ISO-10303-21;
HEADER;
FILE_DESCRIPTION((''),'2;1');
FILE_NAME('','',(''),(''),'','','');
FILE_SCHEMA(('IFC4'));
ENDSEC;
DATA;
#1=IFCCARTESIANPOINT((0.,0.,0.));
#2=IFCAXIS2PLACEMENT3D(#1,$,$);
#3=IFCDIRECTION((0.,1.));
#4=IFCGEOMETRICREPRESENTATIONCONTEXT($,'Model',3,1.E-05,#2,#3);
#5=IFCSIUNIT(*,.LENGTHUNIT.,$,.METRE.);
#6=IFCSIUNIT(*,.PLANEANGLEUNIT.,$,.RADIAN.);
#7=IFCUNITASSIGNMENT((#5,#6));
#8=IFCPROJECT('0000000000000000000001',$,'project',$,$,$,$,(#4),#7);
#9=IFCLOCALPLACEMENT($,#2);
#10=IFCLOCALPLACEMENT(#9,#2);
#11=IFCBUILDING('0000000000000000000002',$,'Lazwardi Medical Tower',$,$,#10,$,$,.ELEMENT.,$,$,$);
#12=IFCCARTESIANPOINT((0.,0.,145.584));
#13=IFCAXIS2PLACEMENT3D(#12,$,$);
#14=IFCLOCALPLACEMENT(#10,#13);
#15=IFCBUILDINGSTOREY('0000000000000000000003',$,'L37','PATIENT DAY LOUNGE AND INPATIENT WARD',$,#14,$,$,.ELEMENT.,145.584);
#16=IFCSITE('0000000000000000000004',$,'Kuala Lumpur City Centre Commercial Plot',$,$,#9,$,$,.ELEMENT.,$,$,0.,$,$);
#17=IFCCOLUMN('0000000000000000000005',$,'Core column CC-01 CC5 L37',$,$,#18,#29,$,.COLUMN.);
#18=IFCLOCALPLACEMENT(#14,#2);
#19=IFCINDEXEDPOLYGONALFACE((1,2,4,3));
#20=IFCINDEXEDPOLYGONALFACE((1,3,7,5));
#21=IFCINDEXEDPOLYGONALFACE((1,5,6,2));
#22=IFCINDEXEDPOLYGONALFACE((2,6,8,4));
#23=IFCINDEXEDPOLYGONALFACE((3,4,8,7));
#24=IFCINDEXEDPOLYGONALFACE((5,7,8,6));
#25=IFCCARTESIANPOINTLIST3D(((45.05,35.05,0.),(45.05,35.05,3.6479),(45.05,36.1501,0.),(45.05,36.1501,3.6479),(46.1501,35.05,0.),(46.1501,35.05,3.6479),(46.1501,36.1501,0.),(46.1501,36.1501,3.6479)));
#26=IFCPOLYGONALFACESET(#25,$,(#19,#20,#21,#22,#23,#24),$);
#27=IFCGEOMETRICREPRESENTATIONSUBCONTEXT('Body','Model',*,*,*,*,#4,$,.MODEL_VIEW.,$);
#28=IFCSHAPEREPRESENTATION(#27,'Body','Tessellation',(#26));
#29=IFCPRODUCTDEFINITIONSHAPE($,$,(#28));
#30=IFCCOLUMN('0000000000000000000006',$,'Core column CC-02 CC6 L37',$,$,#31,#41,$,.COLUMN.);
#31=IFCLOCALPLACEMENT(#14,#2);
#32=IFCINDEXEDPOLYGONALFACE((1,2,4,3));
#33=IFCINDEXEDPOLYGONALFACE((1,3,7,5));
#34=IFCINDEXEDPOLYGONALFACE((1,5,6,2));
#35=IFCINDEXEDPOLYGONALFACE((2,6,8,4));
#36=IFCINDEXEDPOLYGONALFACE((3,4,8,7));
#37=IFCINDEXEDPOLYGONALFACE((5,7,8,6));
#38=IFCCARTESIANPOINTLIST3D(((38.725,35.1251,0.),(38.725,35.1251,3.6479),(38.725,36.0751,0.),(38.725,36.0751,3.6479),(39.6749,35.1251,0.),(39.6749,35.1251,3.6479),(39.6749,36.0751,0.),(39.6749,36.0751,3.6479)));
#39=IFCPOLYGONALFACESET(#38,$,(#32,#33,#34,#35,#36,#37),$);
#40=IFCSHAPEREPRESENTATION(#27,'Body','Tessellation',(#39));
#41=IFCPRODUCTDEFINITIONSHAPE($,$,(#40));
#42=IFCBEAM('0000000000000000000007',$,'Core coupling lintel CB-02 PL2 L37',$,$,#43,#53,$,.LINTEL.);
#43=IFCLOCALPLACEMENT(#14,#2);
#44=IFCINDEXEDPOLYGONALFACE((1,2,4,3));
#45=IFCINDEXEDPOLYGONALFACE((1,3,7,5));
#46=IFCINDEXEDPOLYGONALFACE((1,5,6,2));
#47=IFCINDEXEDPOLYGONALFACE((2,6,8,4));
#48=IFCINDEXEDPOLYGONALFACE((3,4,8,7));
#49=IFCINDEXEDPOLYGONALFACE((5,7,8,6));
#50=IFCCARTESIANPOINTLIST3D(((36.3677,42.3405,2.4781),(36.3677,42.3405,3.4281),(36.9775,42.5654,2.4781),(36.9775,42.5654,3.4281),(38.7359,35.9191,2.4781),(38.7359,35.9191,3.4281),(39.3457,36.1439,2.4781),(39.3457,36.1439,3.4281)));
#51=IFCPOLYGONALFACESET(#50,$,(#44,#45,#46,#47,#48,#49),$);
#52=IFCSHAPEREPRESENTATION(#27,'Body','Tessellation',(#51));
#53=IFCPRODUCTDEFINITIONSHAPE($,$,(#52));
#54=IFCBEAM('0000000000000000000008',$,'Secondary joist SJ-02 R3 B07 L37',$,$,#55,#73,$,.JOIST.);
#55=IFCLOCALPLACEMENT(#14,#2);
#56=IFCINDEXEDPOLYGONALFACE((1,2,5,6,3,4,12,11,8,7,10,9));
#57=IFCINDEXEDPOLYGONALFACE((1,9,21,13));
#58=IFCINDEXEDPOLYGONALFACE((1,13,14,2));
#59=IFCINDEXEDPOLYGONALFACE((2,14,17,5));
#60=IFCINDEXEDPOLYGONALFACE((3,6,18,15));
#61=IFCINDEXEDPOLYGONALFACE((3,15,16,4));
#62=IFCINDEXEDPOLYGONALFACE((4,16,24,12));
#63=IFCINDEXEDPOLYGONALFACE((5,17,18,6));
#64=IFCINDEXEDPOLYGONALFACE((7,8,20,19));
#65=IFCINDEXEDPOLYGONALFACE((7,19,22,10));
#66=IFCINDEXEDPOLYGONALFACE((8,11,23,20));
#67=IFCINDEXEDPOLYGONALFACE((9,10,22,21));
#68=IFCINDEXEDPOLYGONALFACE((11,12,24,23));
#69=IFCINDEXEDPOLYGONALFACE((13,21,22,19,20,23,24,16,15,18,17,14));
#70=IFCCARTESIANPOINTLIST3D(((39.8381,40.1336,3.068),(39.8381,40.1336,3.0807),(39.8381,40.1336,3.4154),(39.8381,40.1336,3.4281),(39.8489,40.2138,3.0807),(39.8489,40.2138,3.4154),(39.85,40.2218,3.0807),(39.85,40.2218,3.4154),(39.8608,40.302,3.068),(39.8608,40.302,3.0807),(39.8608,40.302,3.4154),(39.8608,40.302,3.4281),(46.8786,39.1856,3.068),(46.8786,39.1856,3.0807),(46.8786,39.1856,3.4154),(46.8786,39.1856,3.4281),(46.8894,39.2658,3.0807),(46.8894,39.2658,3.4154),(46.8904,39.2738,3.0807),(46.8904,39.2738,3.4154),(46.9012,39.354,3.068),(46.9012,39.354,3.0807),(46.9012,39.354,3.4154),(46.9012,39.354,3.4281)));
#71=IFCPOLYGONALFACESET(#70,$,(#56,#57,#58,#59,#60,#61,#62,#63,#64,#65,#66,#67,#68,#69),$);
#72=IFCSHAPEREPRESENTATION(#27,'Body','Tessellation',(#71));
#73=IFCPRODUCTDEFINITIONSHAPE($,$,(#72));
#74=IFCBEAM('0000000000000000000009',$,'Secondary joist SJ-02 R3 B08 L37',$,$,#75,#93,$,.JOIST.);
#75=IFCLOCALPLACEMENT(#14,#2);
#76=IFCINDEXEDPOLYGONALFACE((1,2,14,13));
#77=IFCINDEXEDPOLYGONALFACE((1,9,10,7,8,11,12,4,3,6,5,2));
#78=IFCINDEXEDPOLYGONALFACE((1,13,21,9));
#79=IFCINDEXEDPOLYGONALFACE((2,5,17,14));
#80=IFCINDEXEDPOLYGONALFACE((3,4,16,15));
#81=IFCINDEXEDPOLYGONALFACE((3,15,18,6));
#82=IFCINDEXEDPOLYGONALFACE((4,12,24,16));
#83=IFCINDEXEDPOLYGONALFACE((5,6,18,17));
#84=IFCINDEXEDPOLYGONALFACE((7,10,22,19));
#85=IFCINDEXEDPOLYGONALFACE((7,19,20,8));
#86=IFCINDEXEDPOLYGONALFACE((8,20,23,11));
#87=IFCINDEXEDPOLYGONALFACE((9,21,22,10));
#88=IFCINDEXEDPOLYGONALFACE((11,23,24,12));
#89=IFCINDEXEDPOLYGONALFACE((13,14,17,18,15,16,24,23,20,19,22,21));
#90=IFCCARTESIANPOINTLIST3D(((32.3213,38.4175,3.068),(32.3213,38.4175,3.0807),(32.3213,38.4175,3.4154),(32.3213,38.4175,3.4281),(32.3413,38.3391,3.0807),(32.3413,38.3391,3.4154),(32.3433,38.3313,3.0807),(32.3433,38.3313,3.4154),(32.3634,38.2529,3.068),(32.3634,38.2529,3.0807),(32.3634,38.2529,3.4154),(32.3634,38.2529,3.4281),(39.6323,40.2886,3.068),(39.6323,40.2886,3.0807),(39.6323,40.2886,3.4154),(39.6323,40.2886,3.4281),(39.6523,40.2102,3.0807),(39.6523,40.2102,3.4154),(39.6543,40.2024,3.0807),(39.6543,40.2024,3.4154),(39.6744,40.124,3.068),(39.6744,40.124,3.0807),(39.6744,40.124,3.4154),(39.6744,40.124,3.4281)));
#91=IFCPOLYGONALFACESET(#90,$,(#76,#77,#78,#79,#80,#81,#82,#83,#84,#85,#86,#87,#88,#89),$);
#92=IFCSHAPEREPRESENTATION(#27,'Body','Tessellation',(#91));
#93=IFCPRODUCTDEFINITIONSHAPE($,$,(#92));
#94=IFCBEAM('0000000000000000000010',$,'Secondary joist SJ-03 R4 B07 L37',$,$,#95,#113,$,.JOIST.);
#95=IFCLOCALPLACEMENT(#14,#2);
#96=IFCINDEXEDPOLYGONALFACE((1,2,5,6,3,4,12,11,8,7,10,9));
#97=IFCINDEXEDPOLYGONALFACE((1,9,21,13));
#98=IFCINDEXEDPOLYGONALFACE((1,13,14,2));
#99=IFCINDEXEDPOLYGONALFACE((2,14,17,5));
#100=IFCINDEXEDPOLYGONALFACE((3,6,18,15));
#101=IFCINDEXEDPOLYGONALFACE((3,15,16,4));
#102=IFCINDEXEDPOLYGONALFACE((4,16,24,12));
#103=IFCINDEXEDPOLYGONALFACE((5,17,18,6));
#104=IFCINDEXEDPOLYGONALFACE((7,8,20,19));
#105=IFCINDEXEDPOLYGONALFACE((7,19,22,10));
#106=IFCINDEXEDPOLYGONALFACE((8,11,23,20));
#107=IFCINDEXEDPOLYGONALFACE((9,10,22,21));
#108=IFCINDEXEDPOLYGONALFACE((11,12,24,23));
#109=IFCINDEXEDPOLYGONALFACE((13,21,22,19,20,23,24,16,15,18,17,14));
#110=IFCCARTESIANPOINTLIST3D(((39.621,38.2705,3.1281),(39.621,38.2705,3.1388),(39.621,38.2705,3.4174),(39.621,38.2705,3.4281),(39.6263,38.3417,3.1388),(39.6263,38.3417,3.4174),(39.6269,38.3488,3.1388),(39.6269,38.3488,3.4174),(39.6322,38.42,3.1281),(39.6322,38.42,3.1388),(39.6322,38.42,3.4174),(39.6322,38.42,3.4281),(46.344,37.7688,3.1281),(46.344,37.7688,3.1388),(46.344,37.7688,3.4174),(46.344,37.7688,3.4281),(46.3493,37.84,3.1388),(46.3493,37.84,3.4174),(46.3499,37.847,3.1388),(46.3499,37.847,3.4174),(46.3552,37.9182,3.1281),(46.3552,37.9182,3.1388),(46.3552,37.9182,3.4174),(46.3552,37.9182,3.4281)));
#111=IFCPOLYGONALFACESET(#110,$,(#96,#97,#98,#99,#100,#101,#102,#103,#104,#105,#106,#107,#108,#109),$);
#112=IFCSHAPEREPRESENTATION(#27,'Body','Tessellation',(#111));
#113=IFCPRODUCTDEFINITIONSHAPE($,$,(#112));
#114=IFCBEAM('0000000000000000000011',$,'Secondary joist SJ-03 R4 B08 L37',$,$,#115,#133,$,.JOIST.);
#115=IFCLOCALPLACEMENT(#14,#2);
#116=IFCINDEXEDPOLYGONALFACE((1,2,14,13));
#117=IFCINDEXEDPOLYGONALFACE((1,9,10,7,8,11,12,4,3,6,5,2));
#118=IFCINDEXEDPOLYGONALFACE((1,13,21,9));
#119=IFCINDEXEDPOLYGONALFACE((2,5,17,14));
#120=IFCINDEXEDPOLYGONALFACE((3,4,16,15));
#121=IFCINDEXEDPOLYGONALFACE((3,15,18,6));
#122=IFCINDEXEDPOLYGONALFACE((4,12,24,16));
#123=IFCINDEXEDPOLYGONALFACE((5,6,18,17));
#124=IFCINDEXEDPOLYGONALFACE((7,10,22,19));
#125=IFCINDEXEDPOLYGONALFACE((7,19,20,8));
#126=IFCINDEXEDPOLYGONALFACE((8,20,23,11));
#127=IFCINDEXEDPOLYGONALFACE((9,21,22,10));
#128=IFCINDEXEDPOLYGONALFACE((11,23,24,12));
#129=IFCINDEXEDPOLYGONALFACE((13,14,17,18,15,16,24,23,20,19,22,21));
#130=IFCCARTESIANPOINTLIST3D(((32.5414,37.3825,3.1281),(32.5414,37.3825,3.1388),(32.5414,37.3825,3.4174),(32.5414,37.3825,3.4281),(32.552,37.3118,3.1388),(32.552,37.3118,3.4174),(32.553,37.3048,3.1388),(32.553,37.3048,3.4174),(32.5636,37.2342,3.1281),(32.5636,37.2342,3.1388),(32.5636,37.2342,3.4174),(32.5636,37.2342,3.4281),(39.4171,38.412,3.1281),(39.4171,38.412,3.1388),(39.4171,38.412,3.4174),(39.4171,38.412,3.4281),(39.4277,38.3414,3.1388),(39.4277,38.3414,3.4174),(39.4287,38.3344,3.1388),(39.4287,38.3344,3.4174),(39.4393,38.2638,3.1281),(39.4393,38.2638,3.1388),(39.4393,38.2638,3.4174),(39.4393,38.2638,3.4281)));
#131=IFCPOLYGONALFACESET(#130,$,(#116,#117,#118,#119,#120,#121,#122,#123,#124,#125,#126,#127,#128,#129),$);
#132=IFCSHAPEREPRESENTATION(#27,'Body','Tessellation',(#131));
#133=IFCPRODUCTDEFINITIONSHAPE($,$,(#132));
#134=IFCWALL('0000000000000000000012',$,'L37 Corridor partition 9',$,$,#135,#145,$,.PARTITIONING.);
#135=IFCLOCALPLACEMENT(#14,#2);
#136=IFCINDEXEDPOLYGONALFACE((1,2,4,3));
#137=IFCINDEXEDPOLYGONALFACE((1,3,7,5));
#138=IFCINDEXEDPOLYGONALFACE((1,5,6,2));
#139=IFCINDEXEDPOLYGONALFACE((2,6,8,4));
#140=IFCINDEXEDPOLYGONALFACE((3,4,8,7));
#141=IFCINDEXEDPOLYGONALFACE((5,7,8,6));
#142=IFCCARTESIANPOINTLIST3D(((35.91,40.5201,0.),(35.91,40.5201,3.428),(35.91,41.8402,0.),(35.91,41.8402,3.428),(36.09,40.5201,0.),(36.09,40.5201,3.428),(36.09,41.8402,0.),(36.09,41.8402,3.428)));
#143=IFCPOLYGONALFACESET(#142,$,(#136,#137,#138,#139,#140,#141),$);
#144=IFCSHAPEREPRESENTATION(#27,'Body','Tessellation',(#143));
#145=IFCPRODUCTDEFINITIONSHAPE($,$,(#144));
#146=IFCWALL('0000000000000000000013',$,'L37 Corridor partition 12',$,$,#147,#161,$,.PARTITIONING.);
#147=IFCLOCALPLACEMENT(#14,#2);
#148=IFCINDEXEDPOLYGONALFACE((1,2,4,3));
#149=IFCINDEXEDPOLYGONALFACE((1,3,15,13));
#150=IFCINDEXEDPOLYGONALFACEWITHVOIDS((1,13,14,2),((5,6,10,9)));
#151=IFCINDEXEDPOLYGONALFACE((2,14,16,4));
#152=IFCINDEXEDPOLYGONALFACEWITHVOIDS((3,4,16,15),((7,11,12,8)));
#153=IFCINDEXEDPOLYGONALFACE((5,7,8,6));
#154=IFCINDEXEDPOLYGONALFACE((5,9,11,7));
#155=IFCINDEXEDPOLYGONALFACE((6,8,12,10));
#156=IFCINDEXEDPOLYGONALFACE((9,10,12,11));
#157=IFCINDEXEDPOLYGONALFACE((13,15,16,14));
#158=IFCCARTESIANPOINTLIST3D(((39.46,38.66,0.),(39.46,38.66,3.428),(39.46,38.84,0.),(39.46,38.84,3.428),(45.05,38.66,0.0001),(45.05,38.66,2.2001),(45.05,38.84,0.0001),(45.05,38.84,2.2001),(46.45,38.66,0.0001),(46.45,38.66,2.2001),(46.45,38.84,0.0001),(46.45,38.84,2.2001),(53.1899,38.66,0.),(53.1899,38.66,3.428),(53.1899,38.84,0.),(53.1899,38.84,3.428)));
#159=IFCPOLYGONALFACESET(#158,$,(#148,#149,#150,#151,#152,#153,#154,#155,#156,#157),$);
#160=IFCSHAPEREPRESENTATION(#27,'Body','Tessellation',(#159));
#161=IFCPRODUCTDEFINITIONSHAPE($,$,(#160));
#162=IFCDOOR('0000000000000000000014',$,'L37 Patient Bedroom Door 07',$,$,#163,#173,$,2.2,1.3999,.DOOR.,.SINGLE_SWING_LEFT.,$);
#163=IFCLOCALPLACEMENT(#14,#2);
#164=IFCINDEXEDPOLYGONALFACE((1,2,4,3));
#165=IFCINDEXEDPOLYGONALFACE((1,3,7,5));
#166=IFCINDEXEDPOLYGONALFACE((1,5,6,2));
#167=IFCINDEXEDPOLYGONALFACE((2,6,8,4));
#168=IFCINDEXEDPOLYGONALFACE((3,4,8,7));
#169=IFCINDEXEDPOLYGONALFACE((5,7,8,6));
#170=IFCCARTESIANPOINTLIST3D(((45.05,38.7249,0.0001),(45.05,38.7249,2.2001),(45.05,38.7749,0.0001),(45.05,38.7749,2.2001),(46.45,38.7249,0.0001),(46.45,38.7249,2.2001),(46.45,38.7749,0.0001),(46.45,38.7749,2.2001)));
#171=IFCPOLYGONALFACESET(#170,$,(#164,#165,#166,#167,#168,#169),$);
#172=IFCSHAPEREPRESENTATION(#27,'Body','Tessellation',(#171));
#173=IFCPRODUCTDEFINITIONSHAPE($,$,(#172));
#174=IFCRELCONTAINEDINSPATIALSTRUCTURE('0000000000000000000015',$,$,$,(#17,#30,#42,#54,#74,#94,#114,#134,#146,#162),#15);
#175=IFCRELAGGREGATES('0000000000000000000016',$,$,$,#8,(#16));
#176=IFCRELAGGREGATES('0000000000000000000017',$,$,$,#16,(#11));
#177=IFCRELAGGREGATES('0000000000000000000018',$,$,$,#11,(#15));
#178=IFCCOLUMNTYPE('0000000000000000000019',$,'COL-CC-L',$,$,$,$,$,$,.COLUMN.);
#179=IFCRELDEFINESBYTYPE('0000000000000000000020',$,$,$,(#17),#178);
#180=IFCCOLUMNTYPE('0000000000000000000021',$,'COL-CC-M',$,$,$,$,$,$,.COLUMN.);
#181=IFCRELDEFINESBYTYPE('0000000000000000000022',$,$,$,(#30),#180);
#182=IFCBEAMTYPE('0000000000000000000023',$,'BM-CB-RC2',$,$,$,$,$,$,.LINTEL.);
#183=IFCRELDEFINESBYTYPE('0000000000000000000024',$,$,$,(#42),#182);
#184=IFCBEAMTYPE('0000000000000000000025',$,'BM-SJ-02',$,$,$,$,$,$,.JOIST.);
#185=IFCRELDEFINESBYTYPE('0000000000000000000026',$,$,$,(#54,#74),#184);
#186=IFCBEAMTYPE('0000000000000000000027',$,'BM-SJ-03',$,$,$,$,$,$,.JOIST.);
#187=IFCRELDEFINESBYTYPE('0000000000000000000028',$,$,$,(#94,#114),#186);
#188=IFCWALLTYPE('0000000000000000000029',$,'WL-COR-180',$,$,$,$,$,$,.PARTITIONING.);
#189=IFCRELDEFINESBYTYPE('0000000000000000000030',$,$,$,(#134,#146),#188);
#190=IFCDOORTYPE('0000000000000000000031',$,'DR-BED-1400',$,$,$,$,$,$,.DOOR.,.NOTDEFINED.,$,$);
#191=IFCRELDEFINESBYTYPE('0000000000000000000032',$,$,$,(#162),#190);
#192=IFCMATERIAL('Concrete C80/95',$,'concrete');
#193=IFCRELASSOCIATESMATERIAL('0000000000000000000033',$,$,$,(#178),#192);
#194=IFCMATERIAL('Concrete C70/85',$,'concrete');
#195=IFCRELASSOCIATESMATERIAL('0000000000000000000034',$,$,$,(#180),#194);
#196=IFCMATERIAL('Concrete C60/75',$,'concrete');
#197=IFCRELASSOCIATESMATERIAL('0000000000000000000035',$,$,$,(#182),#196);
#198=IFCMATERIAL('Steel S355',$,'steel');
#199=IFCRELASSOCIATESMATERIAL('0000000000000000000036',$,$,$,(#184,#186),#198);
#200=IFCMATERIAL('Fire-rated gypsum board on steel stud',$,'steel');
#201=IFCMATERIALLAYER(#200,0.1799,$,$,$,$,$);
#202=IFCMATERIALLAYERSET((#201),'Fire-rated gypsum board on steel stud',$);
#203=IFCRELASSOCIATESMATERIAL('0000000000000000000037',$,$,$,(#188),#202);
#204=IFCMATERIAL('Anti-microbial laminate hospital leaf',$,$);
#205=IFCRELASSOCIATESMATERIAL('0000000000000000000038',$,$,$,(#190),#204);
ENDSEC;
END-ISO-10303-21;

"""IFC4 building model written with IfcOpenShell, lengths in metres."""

from ifc_helpers import new_model, si_unit, direction, frame, frame_2d, origin, origin_2d, place, context, subcontext, project, spatial, rectangle, i_section, extrude, material, layer, layer_set, material_profile, profile_set, type_object, element, fill, save


model = new_model("IFC4")

# Units and contexts
model_context = context("Model", 3, precision=1e-05, world=origin(), true_north=direction((0.0, 1.0)))
body_context = subcontext(model_context, "Body", "Model", "MODEL_VIEW")
ifc_project = project(units=[si_unit("LENGTHUNIT", "METRE"), si_unit("PLANEANGLEUNIT", "RADIAN")], contexts=[model_context])

# Site, building, storey
site_placement = place(None, origin())
site = spatial("IfcSite", under=ifc_project, at=site_placement, Name="Kuala Lumpur City Centre Commercial Plot", CompositionType="ELEMENT", RefElevation=0.0)
building_placement = place(site_placement, origin())
building = spatial("IfcBuilding", under=site, at=building_placement, Name="Lazwardi Medical Tower", CompositionType="ELEMENT")
storey_placement = place(building_placement, frame((0.0, 0.0, 145.584)))
storey = spatial("IfcBuildingStorey", under=building, at=storey_placement, Name="L37", Description="PATIENT DAY LOUNGE AND INPATIENT WARD", CompositionType="ELEMENT", Elevation=145.584)

# Columns
ifc_material_1 = material(Name="Concrete C80/95", Category="concrete")
ifc_material_profile_1 = material_profile(ifc_material_1, rectangle(XDim=1.1001, YDim=1.1001, at=origin_2d()), Name="RC 1100x1100")
ifc_profile_set_1 = profile_set([ifc_material_profile_1], Name="Concrete C80/95")
column_type_1 = type_object("IfcColumnType", Name="COL-CC-L", PredefinedType="COLUMN", material=ifc_profile_set_1)
column_1_placement = place(storey_placement, frame((45.6001, 35.6001, 0.0), z_axis=(0.0, 0.0, 1.0), x_axis=(1.0, 0.0, 0.0)))
element("IfcColumn", 1, at=column_1_placement, inside=storey, type_object=column_type_1, Name="Core column CC-01 CC5 L37", PredefinedType="COLUMN", context=body_context, shape_type="SweptSolid", body=[
    extrude(rectangle(XDim=1.1001, YDim=1.1001, at=origin_2d()), origin(), (0.0, 0.0, 1.0), 3.6479),
])
ifc_material_2 = material(Name="Concrete C70/85", Category="concrete")
ifc_material_profile_2 = material_profile(ifc_material_2, rectangle(XDim=0.95, YDim=0.95, at=origin_2d()), Name="RC 950x950")
ifc_profile_set_2 = profile_set([ifc_material_profile_2], Name="Concrete C70/85")
column_type_2 = type_object("IfcColumnType", Name="COL-CC-M", PredefinedType="COLUMN", material=ifc_profile_set_2)
column_2_placement = place(storey_placement, frame((39.2, 35.6001, 0.0), z_axis=(0.0, 0.0, 1.0), x_axis=(1.0, 0.0, 0.0)))
element("IfcColumn", 2, at=column_2_placement, inside=storey, type_object=column_type_2, Name="Core column CC-02 CC6 L37", PredefinedType="COLUMN", context=body_context, shape_type="SweptSolid", body=[
    extrude(rectangle(XDim=0.95, YDim=0.95, at=origin_2d()), origin(), (0.0, 0.0, 1.0), 3.6479),
])

# Beams
ifc_material_3 = material(Name="Concrete C60/75", Category="concrete")
ifc_material_profile_3 = material_profile(ifc_material_3, rectangle(XDim=0.6499, YDim=0.95, at=origin_2d()), Name="RC 650x950")
ifc_profile_set_3 = profile_set([ifc_material_profile_3], Name="Concrete C60/75")
beam_type_1 = type_object("IfcBeamType", Name="BM-CB-RC2", PredefinedType="LINTEL", material=ifc_profile_set_3)
beam_1_placement = place(storey_placement, frame((39.0408, 36.0315, 2.9531), z_axis=(-0.346013, 0.93823, 0.0), x_axis=(-0.93823, -0.346013, 0.0)))
element("IfcBeam", 3, at=beam_1_placement, inside=storey, type_object=beam_type_1, Name="Core coupling lintel CB-02 PL2 L37", PredefinedType="LINTEL", context=body_context, shape_type="SweptSolid", body=[
    extrude(rectangle(XDim=0.6499, YDim=0.95, at=origin_2d()), origin(), (0.0, 0.0, 1.0), 6.8442),
])
ifc_material_4 = material(Name="Steel S355", Category="steel")
ifc_material_profile_4 = material_profile(ifc_material_4, i_section(OverallWidth=0.1699, OverallDepth=0.3601, WebThickness=0.0081, FlangeThickness=0.0127, at=origin_2d()), Name="IPE 360")
ifc_profile_set_4 = profile_set([ifc_material_profile_4], Name="Steel S355")
beam_type_2 = type_object("IfcBeamType", Name="BM-SJ-02", PredefinedType="JOIST", material=ifc_profile_set_4)
beam_2_placement = place(storey_placement, frame((46.8899, 39.2698, 3.248), z_axis=(-0.991056, 0.133444, 0.0), x_axis=(-0.133444, -0.991056, 0.0)))
element("IfcBeam", 4, at=beam_2_placement, inside=storey, type_object=beam_type_2, Name="Secondary joist SJ-02 R3 B07 L37", PredefinedType="JOIST", context=body_context, shape_type="SweptSolid", body=[
    extrude(i_section(OverallWidth=0.1699, OverallDepth=0.3601, WebThickness=0.0081, FlangeThickness=0.0127, at=origin_2d()), origin(), (0.0, 0.0, 1.0), 7.104),
])
beam_3_placement = place(storey_placement, frame((39.6533, 40.2063, 3.248), z_axis=(-0.968776, -0.247936, 0.0), x_axis=(0.247936, -0.968776, 0.0)))
element("IfcBeam", 5, at=beam_3_placement, inside=storey, type_object=beam_type_2, Name="Secondary joist SJ-02 R3 B08 L37", PredefinedType="JOIST", context=body_context, shape_type="SweptSolid", body=[
    extrude(i_section(OverallWidth=0.1699, OverallDepth=0.3601, WebThickness=0.0081, FlangeThickness=0.0127, at=origin_2d()), origin(), (0.0, 0.0, 1.0), 7.5466),
])
ifc_material_profile_5 = material_profile(ifc_material_4, i_section(OverallWidth=0.1499, OverallDepth=0.3, WebThickness=0.0071, FlangeThickness=0.0107, at=origin_2d()), Name="IPE 300")
ifc_profile_set_5 = profile_set([ifc_material_profile_5], Name="Steel S355")
beam_type_3 = type_object("IfcBeamType", Name="BM-SJ-03", PredefinedType="JOIST", material=ifc_profile_set_5)
beam_4_placement = place(storey_placement, frame((46.3496, 37.8435, 3.2781), z_axis=(-0.997227, 0.07442, 0.0), x_axis=(-0.07442, -0.997227, 0.0)))
element("IfcBeam", 6, at=beam_4_placement, inside=storey, type_object=beam_type_3, Name="Secondary joist SJ-03 R4 B07 L37", PredefinedType="JOIST", context=body_context, shape_type="SweptSolid", body=[
    extrude(i_section(OverallWidth=0.1499, OverallDepth=0.3, WebThickness=0.0071, FlangeThickness=0.0107, at=origin_2d()), origin(), (0.0, 0.0, 1.0), 6.7417),
])
beam_5_placement = place(storey_placement, frame((39.4282, 38.3379, 3.2781), z_axis=(-0.988975, -0.148085, 0.0), x_axis=(0.148085, -0.988975, 0.0)))
element("IfcBeam", 7, at=beam_5_placement, inside=storey, type_object=beam_type_3, Name="Secondary joist SJ-03 R4 B08 L37", PredefinedType="JOIST", context=body_context, shape_type="SweptSolid", body=[
    extrude(i_section(OverallWidth=0.1499, OverallDepth=0.3, WebThickness=0.0071, FlangeThickness=0.0107, at=origin_2d()), origin(), (0.0, 0.0, 1.0), 6.9524),
])

# Wall
ifc_material_5 = material(Name="Fire-rated gypsum board on steel stud", Category="steel")
ifc_layer_1 = layer(ifc_material_5, 0.1799)
ifc_layer_set_1 = layer_set([ifc_layer_1], Name="Fire-rated gypsum board on steel stud")
wall_type_1 = type_object("IfcWallType", Name="WL-COR-180", PredefinedType="PARTITIONING", material=ifc_layer_set_1)
wall_1_placement = place(storey_placement, frame((36.0, 40.52, 0.0), z_axis=(0.0, 0.0, 1.0), x_axis=(0.0, 1.0, 0.0)))
element("IfcWall", 8, at=wall_1_placement, inside=storey, type_object=wall_type_1, Name="L37 Corridor partition 9", PredefinedType="PARTITIONING", context=body_context, shape_type="SweptSolid", body=[
    extrude(rectangle(XDim=1.3201, YDim=0.1799, at=frame_2d((0.6602, 0.0))), origin(), (0.0, 0.0, 1.0), 3.428),
])

# Wall, opening, door
wall_2_placement = place(storey_placement, frame((39.46, 38.75, 0.0), z_axis=(0.0, 0.0, 1.0), x_axis=(1.0, 0.0, 0.0)))
wall_2 = element("IfcWall", 9, at=wall_2_placement, inside=storey, type_object=wall_type_1, Name="L37 Corridor partition 12", PredefinedType="PARTITIONING", context=body_context, shape_type="SweptSolid", body=[
    extrude(rectangle(XDim=13.73, YDim=0.1799, at=frame_2d((6.865, 0.0))), origin(), (0.0, 0.0, 1.0), 3.428),
])
opening_1_placement = place(wall_2_placement, frame((5.5901, 0.0, 0.0)))
opening_1 = element("IfcOpeningElement", 10, at=opening_1_placement, cuts=wall_2, PredefinedType="OPENING", context=body_context, shape_type="SweptSolid", body=[
    extrude(rectangle(XDim=1.3999, YDim=2.2, at=frame_2d((0.7, 1.1001))), frame((0.0, 0.0999, 0.0), z_axis=(0.0, -1.0, 0.0), x_axis=(1.0, 0.0, 0.0)), (0.0, 0.0, 1.0), 0.2),
])
ifc_material_6 = material(Name="Anti-microbial laminate hospital leaf")
door_type_1 = type_object("IfcDoorType", Name="DR-BED-1400", OperationType="NOTDEFINED", PredefinedType="DOOR", material=ifc_material_6)
door_1_placement = place(opening_1_placement, origin())
door_1 = element("IfcDoor", 11, at=door_1_placement, inside=storey, type_object=door_type_1, Name="L37 Patient Bedroom Door 07", OperationType="SINGLE_SWING_LEFT", OverallHeight=2.2, OverallWidth=1.3999, PredefinedType="DOOR", context=body_context, shape_type="SweptSolid", body=[
    extrude(rectangle(XDim=1.3999, YDim=2.2, at=frame_2d((0.7, 1.1001))), frame((0.0, 0.0249, 0.0), z_axis=(0.0, -1.0, 0.0), x_axis=(1.0, 0.0, 0.0)), (0.0, 0.0, 1.0), 0.05),
])
fill(opening_1, door_1)

save(model, "model.ifc")
